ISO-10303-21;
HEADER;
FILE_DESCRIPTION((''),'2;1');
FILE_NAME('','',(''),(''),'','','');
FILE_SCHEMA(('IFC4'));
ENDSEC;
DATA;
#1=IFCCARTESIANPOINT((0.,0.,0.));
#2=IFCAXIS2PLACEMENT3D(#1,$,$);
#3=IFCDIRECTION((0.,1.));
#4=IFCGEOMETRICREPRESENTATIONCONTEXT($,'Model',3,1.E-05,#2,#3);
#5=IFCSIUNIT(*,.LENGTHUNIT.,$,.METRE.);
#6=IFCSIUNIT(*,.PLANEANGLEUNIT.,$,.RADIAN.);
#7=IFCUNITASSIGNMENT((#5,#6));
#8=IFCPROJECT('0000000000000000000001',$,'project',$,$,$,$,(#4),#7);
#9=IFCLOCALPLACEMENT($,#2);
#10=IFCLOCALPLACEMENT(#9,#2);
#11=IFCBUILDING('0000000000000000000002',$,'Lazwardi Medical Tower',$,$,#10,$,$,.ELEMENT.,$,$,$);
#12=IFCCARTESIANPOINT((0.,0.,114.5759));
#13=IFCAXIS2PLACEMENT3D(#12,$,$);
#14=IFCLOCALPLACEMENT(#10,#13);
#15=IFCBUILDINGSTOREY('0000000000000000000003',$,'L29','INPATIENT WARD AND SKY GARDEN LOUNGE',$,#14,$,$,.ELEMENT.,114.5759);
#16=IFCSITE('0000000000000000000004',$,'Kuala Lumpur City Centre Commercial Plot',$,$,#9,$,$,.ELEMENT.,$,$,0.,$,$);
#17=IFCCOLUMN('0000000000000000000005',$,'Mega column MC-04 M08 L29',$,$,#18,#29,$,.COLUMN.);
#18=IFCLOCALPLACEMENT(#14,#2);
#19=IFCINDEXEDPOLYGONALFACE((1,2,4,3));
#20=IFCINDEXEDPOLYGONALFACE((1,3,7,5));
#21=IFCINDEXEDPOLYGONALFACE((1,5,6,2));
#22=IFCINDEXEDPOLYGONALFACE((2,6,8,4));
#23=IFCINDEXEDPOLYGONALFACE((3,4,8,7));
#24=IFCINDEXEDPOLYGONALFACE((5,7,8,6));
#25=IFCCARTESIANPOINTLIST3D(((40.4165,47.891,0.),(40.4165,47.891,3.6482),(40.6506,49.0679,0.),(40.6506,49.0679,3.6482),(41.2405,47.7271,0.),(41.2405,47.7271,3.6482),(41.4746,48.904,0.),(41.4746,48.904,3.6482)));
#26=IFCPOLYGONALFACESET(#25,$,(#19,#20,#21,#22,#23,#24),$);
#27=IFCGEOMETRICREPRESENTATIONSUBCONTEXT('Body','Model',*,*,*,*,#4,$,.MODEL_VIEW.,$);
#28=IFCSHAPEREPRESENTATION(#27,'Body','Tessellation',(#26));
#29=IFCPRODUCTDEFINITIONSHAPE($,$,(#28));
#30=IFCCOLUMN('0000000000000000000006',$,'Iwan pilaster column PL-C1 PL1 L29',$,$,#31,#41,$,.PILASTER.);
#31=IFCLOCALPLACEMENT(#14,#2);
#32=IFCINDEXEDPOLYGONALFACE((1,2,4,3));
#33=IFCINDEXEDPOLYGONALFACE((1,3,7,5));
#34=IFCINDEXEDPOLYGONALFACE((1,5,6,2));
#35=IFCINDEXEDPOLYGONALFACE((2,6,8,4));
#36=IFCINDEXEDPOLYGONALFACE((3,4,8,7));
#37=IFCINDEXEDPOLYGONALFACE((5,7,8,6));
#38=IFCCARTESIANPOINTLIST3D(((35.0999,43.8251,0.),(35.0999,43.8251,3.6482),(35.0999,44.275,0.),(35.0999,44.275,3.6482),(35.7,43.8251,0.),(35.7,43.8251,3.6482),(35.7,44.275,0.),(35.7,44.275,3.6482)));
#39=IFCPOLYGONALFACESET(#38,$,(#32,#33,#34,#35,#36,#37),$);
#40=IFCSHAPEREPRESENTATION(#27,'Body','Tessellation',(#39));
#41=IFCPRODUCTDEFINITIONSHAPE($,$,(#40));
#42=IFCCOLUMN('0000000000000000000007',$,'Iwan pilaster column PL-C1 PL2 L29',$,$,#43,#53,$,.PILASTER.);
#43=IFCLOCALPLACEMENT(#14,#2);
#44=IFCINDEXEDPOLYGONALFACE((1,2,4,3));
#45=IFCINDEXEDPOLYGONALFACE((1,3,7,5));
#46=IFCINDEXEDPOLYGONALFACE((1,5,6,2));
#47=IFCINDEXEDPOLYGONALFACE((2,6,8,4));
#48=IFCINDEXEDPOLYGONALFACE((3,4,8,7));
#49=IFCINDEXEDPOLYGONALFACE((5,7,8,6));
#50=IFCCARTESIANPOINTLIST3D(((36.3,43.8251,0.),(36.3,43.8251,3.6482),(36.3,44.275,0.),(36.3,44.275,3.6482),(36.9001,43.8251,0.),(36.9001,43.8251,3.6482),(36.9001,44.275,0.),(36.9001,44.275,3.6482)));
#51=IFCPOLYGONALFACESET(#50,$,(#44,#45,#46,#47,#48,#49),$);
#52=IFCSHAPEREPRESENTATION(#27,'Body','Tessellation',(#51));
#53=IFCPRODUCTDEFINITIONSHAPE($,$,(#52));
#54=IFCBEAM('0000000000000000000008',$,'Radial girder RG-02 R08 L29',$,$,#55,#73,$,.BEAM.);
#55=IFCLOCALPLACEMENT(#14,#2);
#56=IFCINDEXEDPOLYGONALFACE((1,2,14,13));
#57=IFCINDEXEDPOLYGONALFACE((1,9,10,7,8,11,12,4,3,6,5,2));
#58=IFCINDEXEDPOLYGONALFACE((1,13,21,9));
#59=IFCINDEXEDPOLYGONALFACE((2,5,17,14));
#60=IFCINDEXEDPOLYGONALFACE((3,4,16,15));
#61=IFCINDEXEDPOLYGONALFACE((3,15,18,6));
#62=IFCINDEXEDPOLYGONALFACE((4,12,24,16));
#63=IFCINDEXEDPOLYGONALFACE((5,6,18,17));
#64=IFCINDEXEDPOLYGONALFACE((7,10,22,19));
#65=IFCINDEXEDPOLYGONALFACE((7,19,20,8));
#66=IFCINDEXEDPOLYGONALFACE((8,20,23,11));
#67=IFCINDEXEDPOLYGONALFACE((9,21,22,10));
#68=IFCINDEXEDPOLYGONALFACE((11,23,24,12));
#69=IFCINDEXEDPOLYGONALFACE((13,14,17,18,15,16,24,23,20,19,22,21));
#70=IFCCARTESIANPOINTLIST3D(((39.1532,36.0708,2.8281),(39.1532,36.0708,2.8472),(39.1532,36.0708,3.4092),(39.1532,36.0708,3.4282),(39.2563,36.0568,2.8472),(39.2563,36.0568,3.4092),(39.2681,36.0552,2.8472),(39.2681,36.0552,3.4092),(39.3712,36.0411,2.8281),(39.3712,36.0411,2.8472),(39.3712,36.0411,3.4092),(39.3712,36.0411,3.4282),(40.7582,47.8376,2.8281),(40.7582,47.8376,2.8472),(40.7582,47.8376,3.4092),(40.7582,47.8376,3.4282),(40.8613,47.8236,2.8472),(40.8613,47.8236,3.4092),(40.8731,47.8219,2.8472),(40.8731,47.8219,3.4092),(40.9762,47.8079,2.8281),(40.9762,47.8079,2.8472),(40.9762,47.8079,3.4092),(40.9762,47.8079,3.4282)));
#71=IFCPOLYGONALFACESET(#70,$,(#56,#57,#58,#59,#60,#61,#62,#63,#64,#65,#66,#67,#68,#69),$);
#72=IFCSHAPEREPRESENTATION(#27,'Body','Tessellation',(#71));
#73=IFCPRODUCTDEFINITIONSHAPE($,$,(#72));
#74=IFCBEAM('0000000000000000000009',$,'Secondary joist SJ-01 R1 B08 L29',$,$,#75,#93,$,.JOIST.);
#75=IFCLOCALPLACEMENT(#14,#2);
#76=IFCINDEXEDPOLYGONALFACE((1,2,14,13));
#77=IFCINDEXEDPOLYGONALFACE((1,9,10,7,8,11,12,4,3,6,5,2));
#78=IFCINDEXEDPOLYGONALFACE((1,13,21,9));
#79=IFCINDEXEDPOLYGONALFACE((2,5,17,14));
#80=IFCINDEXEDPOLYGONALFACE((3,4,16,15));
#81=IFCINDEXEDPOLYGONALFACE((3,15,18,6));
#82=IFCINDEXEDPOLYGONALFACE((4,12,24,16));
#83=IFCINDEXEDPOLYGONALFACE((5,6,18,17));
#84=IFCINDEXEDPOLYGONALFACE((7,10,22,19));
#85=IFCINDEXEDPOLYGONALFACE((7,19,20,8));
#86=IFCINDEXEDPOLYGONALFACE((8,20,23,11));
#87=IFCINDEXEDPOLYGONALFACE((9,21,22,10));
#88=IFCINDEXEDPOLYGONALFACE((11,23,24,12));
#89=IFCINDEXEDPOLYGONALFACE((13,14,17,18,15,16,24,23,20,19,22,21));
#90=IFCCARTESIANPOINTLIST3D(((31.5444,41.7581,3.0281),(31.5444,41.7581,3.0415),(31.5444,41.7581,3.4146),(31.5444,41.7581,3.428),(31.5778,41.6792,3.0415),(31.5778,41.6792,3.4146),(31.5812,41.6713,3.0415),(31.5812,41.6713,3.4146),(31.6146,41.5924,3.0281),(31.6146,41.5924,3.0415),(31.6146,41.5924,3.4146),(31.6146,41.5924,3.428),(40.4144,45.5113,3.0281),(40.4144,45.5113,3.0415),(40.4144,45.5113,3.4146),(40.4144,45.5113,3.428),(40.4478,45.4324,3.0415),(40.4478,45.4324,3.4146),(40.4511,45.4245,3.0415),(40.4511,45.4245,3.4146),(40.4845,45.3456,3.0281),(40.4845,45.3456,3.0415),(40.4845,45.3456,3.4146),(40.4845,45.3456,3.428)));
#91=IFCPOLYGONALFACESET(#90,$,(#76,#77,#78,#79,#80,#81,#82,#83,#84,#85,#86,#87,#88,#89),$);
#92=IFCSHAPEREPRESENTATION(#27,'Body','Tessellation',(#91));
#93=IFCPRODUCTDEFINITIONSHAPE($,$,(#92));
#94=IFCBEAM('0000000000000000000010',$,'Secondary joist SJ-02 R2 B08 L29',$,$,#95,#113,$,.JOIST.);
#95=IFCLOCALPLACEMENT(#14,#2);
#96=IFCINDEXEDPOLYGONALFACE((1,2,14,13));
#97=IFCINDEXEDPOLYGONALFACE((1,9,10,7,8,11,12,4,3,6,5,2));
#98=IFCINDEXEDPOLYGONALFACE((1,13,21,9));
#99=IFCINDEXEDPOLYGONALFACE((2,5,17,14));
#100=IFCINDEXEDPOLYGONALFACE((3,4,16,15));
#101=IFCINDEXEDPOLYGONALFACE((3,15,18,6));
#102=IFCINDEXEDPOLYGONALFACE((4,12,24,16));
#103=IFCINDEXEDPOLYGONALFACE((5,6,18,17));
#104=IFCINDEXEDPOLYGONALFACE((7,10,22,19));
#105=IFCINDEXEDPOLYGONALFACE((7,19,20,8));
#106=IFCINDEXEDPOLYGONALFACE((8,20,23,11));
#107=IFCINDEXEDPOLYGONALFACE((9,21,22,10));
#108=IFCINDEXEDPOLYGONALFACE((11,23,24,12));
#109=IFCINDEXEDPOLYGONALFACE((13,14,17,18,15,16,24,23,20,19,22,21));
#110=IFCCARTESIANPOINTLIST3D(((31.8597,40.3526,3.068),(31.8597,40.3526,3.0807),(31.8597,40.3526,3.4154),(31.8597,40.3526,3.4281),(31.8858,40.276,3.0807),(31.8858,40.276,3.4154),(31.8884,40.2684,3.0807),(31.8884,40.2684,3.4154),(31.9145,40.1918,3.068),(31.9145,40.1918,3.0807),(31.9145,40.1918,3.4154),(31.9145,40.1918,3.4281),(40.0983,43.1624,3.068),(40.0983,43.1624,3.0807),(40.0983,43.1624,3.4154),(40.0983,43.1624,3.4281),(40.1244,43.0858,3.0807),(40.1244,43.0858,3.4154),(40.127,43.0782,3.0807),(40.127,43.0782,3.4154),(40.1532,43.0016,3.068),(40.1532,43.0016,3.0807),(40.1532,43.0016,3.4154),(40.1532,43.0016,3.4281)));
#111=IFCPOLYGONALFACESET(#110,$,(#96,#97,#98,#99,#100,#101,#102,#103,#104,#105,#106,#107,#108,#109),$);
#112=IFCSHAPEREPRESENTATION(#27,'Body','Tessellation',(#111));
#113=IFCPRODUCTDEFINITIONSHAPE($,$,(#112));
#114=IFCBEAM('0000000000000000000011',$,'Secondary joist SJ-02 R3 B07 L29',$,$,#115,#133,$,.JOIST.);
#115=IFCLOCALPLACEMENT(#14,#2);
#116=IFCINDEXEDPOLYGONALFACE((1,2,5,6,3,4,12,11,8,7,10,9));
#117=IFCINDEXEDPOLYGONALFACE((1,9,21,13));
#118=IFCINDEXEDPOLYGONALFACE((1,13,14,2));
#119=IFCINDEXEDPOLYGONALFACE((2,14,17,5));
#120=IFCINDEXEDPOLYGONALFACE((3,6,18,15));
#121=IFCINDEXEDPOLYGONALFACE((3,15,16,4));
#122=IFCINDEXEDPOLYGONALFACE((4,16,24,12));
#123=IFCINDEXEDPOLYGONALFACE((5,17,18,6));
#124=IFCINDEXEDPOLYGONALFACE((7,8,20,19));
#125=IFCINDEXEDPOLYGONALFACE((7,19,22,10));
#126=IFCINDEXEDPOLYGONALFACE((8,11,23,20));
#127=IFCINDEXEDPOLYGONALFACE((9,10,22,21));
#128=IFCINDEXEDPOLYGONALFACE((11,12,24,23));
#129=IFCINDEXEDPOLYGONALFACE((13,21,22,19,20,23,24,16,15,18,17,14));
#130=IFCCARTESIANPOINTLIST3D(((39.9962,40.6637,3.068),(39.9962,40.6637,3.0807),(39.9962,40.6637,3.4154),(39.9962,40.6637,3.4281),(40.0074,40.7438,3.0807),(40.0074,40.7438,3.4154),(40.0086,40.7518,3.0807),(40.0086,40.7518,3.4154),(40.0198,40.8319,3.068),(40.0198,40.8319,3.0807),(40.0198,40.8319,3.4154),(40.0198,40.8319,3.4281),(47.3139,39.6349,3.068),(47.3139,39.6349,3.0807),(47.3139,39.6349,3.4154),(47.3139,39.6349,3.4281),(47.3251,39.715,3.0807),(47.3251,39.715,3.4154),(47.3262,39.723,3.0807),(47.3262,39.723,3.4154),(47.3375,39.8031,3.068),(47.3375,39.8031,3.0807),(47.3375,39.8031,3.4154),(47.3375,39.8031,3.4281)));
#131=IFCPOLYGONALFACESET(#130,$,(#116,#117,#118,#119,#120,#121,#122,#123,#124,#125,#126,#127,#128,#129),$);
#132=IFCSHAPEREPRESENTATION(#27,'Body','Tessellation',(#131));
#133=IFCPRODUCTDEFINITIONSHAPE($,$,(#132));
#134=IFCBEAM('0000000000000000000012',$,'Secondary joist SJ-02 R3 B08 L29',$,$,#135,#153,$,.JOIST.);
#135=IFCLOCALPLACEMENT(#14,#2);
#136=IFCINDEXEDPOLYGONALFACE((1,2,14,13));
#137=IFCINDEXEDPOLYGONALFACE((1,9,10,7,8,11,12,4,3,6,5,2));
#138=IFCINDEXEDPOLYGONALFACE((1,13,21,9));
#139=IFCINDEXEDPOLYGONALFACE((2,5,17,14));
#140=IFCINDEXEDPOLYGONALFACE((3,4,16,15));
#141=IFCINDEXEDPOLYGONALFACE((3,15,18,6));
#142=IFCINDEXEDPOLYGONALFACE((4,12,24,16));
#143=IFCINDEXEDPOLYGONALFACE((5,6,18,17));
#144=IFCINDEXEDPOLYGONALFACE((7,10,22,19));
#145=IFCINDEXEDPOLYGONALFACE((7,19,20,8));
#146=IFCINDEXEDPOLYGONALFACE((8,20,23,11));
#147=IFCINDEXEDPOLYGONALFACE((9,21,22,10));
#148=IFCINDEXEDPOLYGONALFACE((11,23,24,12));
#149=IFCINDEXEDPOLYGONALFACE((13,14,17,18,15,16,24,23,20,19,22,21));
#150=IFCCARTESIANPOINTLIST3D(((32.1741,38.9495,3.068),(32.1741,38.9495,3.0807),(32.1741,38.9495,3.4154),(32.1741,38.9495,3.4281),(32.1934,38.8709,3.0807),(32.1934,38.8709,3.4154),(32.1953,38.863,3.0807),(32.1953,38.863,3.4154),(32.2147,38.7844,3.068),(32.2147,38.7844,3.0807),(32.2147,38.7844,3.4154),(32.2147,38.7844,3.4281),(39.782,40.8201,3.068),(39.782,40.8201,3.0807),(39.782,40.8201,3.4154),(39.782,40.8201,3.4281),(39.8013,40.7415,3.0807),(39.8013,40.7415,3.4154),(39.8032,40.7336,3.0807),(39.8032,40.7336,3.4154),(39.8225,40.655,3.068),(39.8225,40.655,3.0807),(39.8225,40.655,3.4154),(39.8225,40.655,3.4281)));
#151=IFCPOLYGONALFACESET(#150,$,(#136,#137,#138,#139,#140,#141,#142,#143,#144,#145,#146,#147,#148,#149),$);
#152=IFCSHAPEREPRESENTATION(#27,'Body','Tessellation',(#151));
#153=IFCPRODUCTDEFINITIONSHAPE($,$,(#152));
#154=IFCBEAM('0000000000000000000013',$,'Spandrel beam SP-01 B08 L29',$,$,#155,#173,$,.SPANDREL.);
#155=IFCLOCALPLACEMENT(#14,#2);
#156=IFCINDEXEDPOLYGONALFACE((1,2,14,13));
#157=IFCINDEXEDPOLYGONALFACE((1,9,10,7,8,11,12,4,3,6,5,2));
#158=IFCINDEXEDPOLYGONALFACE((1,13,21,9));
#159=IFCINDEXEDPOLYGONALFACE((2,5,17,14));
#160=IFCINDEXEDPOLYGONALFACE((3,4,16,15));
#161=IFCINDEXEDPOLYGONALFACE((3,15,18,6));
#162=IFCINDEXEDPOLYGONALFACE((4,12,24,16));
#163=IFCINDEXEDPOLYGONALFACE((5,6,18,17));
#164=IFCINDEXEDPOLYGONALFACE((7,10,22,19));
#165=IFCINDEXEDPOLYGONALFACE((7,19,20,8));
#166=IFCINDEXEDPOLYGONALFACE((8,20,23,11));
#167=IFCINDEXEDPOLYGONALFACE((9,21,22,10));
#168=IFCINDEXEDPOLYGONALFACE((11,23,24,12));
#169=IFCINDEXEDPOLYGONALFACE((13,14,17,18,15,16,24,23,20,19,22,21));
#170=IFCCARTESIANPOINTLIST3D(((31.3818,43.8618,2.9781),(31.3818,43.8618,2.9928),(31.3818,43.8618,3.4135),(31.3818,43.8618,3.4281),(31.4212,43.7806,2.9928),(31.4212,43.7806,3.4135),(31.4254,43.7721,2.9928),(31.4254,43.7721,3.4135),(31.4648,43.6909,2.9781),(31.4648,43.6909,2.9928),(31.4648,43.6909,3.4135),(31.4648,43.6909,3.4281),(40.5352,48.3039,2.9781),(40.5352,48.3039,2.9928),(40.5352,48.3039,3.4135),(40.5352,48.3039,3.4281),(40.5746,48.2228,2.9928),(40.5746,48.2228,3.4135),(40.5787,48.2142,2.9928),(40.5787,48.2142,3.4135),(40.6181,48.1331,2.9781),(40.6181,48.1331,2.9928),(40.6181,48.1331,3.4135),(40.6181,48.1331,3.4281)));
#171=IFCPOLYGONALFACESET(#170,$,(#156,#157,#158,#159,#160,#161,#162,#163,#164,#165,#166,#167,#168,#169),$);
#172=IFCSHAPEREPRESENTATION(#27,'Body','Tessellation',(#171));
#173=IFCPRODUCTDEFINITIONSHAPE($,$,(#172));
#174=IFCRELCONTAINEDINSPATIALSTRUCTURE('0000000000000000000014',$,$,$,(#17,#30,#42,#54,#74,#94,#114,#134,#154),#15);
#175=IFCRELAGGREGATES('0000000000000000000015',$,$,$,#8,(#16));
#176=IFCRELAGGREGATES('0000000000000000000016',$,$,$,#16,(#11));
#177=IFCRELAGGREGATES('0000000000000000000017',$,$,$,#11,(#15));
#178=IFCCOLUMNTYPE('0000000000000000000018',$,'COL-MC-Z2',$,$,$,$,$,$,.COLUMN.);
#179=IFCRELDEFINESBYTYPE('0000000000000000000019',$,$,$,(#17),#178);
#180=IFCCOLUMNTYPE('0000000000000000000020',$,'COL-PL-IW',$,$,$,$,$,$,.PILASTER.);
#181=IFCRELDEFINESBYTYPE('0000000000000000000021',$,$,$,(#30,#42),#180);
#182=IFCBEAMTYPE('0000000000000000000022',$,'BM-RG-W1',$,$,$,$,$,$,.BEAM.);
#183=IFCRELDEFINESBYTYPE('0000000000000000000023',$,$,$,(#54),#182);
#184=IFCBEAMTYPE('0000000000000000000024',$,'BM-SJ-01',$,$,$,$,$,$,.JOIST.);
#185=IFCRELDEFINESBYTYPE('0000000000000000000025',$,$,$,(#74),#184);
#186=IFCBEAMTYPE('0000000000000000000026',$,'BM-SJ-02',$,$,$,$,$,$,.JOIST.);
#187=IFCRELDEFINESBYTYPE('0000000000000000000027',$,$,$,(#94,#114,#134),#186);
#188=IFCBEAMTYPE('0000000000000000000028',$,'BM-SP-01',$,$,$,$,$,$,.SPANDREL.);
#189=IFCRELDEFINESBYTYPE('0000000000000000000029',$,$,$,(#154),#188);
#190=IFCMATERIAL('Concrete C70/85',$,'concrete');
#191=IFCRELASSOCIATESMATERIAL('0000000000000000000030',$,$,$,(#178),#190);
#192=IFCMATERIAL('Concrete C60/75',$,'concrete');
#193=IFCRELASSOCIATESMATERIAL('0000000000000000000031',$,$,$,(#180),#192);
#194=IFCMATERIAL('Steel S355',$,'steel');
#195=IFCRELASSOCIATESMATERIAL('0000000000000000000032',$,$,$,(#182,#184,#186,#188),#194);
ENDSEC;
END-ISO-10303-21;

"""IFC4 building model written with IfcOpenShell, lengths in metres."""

from ifc_helpers import new_model, si_unit, direction, frame, origin, origin_2d, place, context, subcontext, project, spatial, rectangle, i_section, extrude, material, material_profile, profile_set, type_object, element, save


model = new_model("IFC4")

# Units and contexts
model_context = context("Model", 3, precision=1e-05, world=origin(), true_north=direction((0.0, 1.0)))
body_context = subcontext(model_context, "Body", "Model", "MODEL_VIEW")
ifc_project = project(units=[si_unit("LENGTHUNIT", "METRE"), si_unit("PLANEANGLEUNIT", "RADIAN")], contexts=[model_context])

# Site, building, storey
site_placement = place(None, origin())
site = spatial("IfcSite", under=ifc_project, at=site_placement, Name="Kuala Lumpur City Centre Commercial Plot", CompositionType="ELEMENT", RefElevation=0.0)
building_placement = place(site_placement, origin())
building = spatial("IfcBuilding", under=site, at=building_placement, Name="Lazwardi Medical Tower", CompositionType="ELEMENT")
storey_placement = place(building_placement, frame((0.0, 0.0, 114.5759)))
storey = spatial("IfcBuildingStorey", under=building, at=storey_placement, Name="L29", Description="INPATIENT WARD AND SKY GARDEN LOUNGE", CompositionType="ELEMENT", Elevation=114.5759)

# Columns
ifc_material_1 = material(Name="Concrete C70/85", Category="concrete")
ifc_material_profile_1 = material_profile(ifc_material_1, rectangle(XDim=1.2, YDim=0.8401, at=origin_2d()), Name="CFT-RECT 1200x840")
ifc_profile_set_1 = profile_set([ifc_material_profile_1], Name="Concrete C70/85")
column_type_1 = type_object("IfcColumnType", Name="COL-MC-Z2", PredefinedType="COLUMN", material=ifc_profile_set_1)
column_placement = place(storey_placement, frame((40.9456, 48.3975, 0.0), z_axis=(0.0, 0.0, 1.0), x_axis=(0.19509, 0.980785, 0.0)))
element("IfcColumn", 1, at=column_placement, inside=storey, type_object=column_type_1, Name="Mega column MC-04 M08 L29", PredefinedType="COLUMN", context=body_context, shape_type="SweptSolid", body=[
    extrude(rectangle(XDim=1.2, YDim=0.8401, at=origin_2d()), origin(), (0.0, 0.0, 1.0), 3.6482),
])
ifc_material_2 = material(Name="Concrete C60/75", Category="concrete")
ifc_material_profile_2 = material_profile(ifc_material_2, rectangle(XDim=0.6001, YDim=0.45, at=origin_2d()), Name="RC 600x450")
ifc_profile_set_2 = profile_set([ifc_material_profile_2], Name="Concrete C60/75")
column_type_2 = type_object("IfcColumnType", Name="COL-PL-IW", PredefinedType="PILASTER", material=ifc_profile_set_2)
for number, where, z_axis, x_axis, name in (
    (2, (35.3999, 44.05, 0.0), (0.0, 0.0, 1.0), (1.0, 0.0, 0.0), "Iwan pilaster column PL-C1 PL1 L29"),
    (3, (36.6001, 44.05, 0.0), (0.0, 0.0, 1.0), (1.0, 0.0, 0.0), "Iwan pilaster column PL-C1 PL2 L29"),
):
    element("IfcColumn", number, at=place(storey_placement, frame(where, z_axis=z_axis, x_axis=x_axis)), inside=storey, type_object=column_type_2, Name=name, PredefinedType="PILASTER", context=body_context, shape_type="SweptSolid", body=[
        extrude(rectangle(XDim=0.6001, YDim=0.45, at=origin_2d()), origin(), (0.0, 0.0, 1.0), 3.6482),
    ])

# Beams
ifc_material_3 = material(Name="Steel S355", Category="steel")
ifc_material_profile_3 = material_profile(ifc_material_3, i_section(OverallWidth=0.22, OverallDepth=0.6001, WebThickness=0.012, FlangeThickness=0.019, at=origin_2d()), Name="IPE 600")
ifc_profile_set_3 = profile_set([ifc_material_profile_3], Name="Steel S355")
beam_type_1 = type_object("IfcBeamType", Name="BM-RG-W1", PredefinedType="BEAM", material=ifc_profile_set_3)
beam_1_placement = place(storey_placement, frame((40.8672, 47.8228, 3.1282), z_axis=(-0.135147, -0.990826, 0.0), x_axis=(0.990826, -0.135147, 0.0)))
element("IfcBeam", 4, at=beam_1_placement, inside=storey, type_object=beam_type_1, Name="Radial girder RG-02 R08 L29", PredefinedType="BEAM", context=body_context, shape_type="SweptSolid", body=[
    extrude(i_section(OverallWidth=0.22, OverallDepth=0.6001, WebThickness=0.012, FlangeThickness=0.019, at=origin_2d()), origin(), (0.0, 0.0, 1.0), 11.8757),
])
ifc_material_profile_4 = material_profile(ifc_material_3, i_section(OverallWidth=0.1799, OverallDepth=0.3999, WebThickness=0.0085, FlangeThickness=0.0134, at=origin_2d()), Name="IPE 400")
ifc_profile_set_4 = profile_set([ifc_material_profile_4], Name="Steel S355")
beam_type_2 = type_object("IfcBeamType", Name="BM-SJ-01", PredefinedType="JOIST", material=ifc_profile_set_4)
beam_2_placement = place(storey_placement, frame((40.4495, 45.4285, 3.228), z_axis=(-0.920947, -0.389687, 0.0), x_axis=(0.389687, -0.920947, 0.0)))
element("IfcBeam", 5, at=beam_2_placement, inside=storey, type_object=beam_type_2, Name="Secondary joist SJ-01 R1 B08 L29", PredefinedType="JOIST", context=body_context, shape_type="SweptSolid", body=[
    extrude(i_section(OverallWidth=0.1799, OverallDepth=0.3999, WebThickness=0.0085, FlangeThickness=0.0134, at=origin_2d()), origin(), (0.0, 0.0, 1.0), 9.6313),
])
ifc_material_profile_5 = material_profile(ifc_material_3, i_section(OverallWidth=0.1699, OverallDepth=0.3601, WebThickness=0.0081, FlangeThickness=0.0127, at=origin_2d()), Name="IPE 360")
ifc_profile_set_5 = profile_set([ifc_material_profile_5], Name="Steel S355")
beam_type_3 = type_object("IfcBeamType", Name="BM-SJ-02", PredefinedType="JOIST", material=ifc_profile_set_5)
beam_3_placement = place(storey_placement, frame((40.1257, 43.082, 3.248), z_axis=(-0.946467, -0.3228, 0.0), x_axis=(0.3228, -0.946467, 0.0)))
element("IfcBeam", 6, at=beam_3_placement, inside=storey, type_object=beam_type_3, Name="Secondary joist SJ-02 R2 B08 L29", PredefinedType="JOIST", context=body_context, shape_type="SweptSolid", body=[
    extrude(i_section(OverallWidth=0.1699, OverallDepth=0.3601, WebThickness=0.0081, FlangeThickness=0.0127, at=origin_2d()), origin(), (0.0, 0.0, 1.0), 8.7046),
])
beam_4_placement = place(storey_placement, frame((47.3257, 39.719, 3.248), z_axis=(-0.990261, 0.139224, 0.0), x_axis=(-0.139224, -0.990261, 0.0)))
element("IfcBeam", 7, at=beam_4_placement, inside=storey, type_object=beam_type_3, Name="Secondary joist SJ-02 R3 B07 L29", PredefinedType="JOIST", context=body_context, shape_type="SweptSolid", body=[
    extrude(i_section(OverallWidth=0.1699, OverallDepth=0.3601, WebThickness=0.0081, FlangeThickness=0.0127, at=origin_2d()), origin(), (0.0, 0.0, 1.0), 7.3896),
])
beam_5_placement = place(storey_placement, frame((39.8022, 40.7375, 3.248), z_axis=(-0.971077, -0.238765, 0.0), x_axis=(0.238765, -0.971077, 0.0)))
element("IfcBeam", 8, at=beam_5_placement, inside=storey, type_object=beam_type_3, Name="Secondary joist SJ-02 R3 B08 L29", PredefinedType="JOIST", context=body_context, shape_type="SweptSolid", body=[
    extrude(i_section(OverallWidth=0.1699, OverallDepth=0.3601, WebThickness=0.0081, FlangeThickness=0.0127, at=origin_2d()), origin(), (0.0, 0.0, 1.0), 7.8345),
])
ifc_material_profile_6 = material_profile(ifc_material_3, i_section(OverallWidth=0.1899, OverallDepth=0.45, WebThickness=0.0095, FlangeThickness=0.0146, at=origin_2d()), Name="IPE 450")
ifc_profile_set_6 = profile_set([ifc_material_profile_6], Name="Steel S355")
beam_type_4 = type_object("IfcBeamType", Name="BM-SP-01", PredefinedType="SPANDREL", material=ifc_profile_set_6)
beam_6_placement = place(storey_placement, frame((40.5767, 48.2185, 3.2031), z_axis=(-0.899653, -0.436605, 0.0), x_axis=(0.436605, -0.899653, 0.0)))
element("IfcBeam", 9, at=beam_6_placement, inside=storey, type_object=beam_type_4, Name="Spandrel beam SP-01 B08 L29", PredefinedType="SPANDREL", context=body_context, shape_type="SweptSolid", body=[
    extrude(i_section(OverallWidth=0.1899, OverallDepth=0.45, WebThickness=0.0095, FlangeThickness=0.0146, at=origin_2d()), origin(), (0.0, 0.0, 1.0), 10.1743),
])

save(model, "model.ifc")
